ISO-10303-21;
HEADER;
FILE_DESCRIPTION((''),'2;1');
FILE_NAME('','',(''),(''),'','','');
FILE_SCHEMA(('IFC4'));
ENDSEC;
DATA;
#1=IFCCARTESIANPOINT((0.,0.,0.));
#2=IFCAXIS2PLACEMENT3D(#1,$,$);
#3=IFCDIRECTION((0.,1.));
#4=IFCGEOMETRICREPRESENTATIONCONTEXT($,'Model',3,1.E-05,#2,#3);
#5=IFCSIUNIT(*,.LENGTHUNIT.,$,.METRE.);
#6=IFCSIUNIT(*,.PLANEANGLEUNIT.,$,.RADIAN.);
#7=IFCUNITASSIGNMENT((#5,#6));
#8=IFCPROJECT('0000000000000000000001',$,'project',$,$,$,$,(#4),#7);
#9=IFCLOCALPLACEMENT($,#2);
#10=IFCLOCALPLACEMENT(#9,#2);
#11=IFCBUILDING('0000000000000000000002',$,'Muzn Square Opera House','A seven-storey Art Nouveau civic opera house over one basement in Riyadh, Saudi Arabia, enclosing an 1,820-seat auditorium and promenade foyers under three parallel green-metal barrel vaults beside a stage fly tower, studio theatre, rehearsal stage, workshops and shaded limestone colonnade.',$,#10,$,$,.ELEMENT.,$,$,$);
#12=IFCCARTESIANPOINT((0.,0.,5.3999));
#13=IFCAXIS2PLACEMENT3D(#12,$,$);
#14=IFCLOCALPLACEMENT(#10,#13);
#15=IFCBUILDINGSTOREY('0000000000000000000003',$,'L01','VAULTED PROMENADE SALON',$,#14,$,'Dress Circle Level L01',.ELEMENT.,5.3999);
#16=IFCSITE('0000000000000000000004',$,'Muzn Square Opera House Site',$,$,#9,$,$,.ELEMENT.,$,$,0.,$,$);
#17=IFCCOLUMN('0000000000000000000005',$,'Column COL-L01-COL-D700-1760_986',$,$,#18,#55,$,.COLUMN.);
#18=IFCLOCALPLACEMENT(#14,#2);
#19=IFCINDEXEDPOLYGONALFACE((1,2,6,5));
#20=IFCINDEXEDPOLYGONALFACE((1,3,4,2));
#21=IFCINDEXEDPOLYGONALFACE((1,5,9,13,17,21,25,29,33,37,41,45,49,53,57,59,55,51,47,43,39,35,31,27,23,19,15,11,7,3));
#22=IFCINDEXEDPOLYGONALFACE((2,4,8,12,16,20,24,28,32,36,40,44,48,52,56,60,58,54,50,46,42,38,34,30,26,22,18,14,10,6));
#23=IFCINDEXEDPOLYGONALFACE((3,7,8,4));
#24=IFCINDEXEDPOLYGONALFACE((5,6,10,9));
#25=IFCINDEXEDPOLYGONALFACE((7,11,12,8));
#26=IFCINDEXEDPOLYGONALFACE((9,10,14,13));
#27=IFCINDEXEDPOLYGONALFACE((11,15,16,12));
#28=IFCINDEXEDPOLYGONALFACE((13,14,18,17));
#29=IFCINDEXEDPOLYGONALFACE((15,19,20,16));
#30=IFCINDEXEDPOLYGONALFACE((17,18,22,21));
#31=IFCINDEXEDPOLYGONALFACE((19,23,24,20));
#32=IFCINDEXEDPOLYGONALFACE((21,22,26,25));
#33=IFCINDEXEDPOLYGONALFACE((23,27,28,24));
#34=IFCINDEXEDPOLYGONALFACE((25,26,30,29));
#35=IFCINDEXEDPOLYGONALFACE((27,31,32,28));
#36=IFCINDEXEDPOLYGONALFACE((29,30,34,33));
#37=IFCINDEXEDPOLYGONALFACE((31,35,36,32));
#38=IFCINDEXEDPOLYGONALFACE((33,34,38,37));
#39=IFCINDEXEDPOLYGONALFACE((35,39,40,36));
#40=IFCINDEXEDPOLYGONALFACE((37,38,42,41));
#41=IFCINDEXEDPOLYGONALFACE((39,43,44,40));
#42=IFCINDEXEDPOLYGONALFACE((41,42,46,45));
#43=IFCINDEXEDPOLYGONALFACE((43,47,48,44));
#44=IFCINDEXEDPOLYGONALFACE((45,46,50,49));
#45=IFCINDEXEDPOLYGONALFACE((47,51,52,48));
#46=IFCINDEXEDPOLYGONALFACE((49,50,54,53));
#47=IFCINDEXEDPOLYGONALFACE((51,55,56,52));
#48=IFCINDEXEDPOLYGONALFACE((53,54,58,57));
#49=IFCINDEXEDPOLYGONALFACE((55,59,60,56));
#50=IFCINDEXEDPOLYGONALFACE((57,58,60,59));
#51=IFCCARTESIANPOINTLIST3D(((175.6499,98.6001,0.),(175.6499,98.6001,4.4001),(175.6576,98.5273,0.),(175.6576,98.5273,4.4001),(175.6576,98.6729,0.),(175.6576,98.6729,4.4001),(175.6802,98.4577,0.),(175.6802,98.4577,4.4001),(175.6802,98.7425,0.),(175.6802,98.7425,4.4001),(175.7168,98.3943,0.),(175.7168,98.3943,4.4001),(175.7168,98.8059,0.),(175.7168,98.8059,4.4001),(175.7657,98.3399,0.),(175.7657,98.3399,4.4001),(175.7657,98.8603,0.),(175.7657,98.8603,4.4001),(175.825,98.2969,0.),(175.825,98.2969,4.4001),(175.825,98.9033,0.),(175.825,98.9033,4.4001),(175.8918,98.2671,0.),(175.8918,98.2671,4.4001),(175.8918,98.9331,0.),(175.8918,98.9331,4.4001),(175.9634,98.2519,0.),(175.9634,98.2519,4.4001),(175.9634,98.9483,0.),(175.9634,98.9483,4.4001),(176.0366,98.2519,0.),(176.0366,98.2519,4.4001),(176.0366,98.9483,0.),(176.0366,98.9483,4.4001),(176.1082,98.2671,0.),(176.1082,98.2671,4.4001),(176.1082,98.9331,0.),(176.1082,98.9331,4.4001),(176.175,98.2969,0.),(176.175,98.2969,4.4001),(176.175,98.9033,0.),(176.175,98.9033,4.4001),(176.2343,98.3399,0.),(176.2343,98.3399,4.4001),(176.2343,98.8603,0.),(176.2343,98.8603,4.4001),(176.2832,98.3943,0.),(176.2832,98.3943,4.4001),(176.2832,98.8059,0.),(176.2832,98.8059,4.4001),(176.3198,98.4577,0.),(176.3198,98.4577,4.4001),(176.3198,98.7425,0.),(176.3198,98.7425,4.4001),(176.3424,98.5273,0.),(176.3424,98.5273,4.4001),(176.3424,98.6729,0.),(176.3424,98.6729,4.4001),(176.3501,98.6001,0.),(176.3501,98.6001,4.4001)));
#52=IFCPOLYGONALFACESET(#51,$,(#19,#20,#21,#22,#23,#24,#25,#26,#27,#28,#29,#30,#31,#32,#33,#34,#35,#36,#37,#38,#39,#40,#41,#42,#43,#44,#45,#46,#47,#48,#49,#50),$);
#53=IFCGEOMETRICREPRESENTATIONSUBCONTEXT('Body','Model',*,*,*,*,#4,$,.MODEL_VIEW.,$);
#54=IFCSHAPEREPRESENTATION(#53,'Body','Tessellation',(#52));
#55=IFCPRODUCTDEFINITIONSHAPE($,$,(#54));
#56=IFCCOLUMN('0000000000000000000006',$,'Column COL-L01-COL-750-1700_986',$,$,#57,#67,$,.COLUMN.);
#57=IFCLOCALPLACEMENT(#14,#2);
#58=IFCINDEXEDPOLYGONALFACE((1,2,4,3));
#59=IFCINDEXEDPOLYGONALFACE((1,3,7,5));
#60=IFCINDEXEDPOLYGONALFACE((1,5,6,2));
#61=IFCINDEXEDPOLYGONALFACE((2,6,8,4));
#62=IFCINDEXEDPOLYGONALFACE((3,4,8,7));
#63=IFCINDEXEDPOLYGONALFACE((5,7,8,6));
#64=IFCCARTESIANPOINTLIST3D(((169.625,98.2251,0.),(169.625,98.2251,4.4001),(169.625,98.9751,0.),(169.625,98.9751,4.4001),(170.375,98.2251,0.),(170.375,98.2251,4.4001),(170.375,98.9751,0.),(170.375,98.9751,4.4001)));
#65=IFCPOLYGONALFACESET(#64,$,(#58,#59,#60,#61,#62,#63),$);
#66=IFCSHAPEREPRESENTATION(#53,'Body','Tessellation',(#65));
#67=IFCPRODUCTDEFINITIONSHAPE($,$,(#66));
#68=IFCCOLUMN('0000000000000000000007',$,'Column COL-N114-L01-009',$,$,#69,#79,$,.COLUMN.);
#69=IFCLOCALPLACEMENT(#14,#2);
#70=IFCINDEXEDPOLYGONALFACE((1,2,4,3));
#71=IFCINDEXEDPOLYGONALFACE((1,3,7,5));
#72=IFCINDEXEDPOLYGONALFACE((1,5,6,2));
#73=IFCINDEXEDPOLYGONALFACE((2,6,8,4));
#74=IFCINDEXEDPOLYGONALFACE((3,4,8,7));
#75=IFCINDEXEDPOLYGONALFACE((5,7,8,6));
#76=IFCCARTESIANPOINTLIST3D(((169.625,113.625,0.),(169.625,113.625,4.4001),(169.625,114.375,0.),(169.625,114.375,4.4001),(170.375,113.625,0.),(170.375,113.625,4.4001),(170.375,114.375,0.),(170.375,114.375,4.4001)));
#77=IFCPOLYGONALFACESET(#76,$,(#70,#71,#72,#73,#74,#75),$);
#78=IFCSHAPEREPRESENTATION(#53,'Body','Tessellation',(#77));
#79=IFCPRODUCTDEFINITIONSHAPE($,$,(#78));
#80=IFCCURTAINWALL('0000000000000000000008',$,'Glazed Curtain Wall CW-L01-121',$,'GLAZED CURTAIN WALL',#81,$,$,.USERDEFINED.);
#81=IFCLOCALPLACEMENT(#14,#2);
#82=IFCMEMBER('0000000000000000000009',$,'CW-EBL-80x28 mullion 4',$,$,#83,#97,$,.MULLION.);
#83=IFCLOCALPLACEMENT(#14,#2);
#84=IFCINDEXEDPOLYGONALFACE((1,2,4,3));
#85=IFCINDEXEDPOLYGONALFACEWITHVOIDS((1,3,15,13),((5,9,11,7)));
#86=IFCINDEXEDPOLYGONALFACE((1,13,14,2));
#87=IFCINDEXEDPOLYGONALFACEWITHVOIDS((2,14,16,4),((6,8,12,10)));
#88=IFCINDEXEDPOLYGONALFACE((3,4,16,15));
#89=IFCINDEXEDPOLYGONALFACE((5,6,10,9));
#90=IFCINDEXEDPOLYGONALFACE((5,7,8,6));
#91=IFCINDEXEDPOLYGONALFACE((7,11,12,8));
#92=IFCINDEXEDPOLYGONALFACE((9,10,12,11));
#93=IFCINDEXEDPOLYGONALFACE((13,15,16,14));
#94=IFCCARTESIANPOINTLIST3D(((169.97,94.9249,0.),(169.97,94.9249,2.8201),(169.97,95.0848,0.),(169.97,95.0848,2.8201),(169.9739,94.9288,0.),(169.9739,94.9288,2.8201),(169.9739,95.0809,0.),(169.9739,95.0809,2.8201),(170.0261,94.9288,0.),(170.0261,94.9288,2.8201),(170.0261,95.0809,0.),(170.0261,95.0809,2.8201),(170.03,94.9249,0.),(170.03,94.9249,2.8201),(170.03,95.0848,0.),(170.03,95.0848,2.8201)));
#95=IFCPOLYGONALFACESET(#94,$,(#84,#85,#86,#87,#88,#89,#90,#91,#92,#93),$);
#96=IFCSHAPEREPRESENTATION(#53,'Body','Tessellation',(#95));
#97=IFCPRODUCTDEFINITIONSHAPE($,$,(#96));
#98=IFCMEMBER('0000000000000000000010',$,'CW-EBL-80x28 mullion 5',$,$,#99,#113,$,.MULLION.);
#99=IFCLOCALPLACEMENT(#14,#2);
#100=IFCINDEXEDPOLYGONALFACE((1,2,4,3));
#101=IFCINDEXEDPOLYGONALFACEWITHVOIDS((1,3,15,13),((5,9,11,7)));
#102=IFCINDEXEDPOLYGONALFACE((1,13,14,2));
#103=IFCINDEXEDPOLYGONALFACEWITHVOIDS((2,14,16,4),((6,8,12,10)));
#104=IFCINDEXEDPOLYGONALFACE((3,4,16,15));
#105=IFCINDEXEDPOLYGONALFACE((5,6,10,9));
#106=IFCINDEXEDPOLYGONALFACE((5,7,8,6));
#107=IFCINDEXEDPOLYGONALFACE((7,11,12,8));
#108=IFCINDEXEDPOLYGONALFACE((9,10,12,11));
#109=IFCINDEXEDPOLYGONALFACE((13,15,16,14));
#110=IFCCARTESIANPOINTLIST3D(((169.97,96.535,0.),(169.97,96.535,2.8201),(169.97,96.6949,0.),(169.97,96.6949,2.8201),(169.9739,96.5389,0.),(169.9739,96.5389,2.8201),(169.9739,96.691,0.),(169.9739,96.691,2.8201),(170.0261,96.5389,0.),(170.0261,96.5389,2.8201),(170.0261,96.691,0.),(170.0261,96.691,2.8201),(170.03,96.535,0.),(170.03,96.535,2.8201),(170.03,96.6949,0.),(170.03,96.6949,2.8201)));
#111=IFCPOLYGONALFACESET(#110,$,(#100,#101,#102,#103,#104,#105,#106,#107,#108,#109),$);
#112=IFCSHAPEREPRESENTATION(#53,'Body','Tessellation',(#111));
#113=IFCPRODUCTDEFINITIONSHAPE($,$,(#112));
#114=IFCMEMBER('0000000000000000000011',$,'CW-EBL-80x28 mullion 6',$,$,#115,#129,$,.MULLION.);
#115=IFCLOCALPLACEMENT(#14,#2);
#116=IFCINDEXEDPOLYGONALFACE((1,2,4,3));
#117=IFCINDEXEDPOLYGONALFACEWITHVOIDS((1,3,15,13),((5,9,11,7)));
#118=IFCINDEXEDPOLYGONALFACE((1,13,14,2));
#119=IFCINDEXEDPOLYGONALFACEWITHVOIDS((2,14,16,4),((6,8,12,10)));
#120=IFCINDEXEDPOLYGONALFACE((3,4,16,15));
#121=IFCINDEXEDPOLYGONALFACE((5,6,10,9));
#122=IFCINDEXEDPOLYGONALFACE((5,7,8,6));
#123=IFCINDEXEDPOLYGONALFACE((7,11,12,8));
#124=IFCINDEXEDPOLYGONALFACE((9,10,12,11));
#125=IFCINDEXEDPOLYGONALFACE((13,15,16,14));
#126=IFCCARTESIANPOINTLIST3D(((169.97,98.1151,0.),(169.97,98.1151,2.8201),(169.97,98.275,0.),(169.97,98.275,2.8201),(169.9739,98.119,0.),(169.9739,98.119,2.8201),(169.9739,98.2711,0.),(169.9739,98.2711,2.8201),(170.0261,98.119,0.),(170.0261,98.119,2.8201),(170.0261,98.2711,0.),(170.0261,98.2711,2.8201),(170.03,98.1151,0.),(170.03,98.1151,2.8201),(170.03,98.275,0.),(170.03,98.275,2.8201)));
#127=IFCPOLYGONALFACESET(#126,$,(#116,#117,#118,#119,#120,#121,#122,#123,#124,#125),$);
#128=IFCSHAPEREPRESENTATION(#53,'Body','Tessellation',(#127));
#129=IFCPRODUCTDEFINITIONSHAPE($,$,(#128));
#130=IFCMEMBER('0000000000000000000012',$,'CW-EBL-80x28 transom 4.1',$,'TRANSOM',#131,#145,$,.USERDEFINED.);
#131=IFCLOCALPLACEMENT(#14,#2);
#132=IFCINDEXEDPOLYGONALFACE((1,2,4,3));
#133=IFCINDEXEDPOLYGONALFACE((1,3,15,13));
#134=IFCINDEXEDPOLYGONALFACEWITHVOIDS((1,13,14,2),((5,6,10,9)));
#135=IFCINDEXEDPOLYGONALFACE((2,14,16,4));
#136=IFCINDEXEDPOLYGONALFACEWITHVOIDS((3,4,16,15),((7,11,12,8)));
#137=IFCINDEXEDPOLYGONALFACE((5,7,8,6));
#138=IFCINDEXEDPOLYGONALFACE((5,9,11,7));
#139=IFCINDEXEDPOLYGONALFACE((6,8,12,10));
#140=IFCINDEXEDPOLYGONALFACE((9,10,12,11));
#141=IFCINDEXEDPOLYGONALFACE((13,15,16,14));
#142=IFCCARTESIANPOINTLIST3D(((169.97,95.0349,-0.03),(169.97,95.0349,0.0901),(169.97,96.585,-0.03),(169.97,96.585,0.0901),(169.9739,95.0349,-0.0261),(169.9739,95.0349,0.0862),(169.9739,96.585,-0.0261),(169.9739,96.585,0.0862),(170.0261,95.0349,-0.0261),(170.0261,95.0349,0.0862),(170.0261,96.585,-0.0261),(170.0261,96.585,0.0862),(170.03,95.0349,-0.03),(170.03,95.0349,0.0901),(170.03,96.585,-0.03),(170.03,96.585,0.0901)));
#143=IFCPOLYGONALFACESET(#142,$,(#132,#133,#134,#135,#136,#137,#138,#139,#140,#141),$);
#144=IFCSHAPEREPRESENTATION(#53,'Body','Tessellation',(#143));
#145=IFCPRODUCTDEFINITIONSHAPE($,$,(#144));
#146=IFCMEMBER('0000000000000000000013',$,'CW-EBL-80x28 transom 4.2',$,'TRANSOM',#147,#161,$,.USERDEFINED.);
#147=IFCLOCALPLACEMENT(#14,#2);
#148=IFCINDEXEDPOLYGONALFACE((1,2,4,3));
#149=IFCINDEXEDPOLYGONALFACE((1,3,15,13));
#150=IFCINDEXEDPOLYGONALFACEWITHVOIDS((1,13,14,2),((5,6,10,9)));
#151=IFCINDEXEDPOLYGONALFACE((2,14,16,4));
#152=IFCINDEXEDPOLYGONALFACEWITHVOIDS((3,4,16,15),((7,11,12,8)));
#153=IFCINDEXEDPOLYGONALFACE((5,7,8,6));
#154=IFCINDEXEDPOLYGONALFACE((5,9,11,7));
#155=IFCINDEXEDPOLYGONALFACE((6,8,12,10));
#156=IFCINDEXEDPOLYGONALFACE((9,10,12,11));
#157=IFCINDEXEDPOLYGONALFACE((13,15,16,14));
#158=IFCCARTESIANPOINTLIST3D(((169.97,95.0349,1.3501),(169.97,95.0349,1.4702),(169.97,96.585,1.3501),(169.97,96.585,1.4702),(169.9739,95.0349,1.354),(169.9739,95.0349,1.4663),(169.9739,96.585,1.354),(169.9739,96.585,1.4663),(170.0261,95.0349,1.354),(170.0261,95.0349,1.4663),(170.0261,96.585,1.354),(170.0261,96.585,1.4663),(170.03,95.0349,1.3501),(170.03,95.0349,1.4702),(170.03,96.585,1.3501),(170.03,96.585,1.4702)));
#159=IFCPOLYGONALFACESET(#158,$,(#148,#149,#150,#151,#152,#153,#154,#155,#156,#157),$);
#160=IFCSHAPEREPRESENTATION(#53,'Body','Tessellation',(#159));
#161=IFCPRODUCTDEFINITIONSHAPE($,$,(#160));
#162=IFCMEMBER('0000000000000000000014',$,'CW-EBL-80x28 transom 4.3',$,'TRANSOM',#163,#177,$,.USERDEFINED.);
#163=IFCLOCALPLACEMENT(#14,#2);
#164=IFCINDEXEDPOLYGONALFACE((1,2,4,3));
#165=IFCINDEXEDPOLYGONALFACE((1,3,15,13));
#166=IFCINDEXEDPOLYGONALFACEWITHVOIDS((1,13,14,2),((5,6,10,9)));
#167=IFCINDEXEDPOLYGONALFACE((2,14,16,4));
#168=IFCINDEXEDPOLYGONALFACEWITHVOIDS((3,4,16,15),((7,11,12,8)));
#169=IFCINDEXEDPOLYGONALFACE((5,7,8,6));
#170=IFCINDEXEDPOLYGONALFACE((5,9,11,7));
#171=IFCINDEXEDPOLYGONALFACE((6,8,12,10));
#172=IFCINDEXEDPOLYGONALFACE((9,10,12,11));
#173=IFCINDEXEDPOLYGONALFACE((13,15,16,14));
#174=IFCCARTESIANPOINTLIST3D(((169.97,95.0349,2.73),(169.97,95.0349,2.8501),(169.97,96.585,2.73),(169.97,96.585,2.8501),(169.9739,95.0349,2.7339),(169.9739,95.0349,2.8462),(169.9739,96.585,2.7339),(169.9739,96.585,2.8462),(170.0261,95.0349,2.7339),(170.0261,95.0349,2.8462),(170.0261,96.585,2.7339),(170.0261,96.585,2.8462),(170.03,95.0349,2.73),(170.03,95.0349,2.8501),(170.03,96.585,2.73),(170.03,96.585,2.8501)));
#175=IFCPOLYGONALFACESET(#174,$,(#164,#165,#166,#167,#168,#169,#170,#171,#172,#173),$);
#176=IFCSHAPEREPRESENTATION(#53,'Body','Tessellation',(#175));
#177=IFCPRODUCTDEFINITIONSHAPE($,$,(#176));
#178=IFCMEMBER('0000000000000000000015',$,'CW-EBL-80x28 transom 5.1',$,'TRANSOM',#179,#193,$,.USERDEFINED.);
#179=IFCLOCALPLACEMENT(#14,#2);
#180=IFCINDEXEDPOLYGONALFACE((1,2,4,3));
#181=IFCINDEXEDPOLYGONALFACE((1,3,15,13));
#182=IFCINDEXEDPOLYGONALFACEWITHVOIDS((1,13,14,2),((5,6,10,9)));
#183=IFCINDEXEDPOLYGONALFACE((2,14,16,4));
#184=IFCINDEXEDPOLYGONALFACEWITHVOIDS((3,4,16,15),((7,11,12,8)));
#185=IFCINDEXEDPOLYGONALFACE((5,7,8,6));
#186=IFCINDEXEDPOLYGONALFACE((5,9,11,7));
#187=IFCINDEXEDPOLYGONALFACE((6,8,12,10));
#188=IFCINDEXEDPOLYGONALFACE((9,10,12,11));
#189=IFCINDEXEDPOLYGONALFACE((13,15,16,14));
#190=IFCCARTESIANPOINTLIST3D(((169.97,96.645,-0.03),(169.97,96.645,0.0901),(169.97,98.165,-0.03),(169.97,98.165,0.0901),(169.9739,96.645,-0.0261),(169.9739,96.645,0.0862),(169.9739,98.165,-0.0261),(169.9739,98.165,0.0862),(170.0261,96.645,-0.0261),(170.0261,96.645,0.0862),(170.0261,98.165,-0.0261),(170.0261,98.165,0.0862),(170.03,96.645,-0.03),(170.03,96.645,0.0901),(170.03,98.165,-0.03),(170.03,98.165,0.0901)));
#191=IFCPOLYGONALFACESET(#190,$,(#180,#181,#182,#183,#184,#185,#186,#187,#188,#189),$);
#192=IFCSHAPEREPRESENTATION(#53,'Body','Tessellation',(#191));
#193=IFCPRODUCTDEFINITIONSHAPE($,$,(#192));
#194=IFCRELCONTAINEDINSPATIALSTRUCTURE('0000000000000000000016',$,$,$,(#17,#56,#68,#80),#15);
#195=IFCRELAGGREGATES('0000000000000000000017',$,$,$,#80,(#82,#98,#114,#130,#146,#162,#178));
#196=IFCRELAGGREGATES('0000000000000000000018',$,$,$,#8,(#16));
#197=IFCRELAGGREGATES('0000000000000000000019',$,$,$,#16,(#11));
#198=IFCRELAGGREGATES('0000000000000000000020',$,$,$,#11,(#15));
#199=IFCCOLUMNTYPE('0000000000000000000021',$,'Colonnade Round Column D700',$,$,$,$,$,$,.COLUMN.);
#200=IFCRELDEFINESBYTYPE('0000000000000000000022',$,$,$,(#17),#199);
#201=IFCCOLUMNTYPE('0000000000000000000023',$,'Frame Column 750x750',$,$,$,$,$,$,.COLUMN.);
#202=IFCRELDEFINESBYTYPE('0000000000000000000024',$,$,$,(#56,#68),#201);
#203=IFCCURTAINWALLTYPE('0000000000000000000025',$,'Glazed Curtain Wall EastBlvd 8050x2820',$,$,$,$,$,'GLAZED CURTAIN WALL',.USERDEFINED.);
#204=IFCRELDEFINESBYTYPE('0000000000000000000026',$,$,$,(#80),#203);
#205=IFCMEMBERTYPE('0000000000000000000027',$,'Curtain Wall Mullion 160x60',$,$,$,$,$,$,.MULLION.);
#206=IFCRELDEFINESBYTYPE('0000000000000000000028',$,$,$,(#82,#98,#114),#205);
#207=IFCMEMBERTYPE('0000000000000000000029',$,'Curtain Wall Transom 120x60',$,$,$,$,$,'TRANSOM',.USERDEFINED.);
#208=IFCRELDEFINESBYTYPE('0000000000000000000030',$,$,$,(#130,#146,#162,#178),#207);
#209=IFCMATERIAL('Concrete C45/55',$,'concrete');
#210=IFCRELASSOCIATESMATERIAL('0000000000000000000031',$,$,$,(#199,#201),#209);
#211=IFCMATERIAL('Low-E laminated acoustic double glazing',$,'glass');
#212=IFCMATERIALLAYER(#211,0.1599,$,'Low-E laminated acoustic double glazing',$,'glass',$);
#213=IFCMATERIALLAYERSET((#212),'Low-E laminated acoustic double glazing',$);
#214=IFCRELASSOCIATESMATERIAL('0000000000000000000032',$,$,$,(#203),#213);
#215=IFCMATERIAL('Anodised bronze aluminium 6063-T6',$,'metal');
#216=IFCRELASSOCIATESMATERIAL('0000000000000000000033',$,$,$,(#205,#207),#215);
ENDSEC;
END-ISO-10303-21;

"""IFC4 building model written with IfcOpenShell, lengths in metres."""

from ifc_helpers import new_model, si_unit, direction, frame, origin, origin_2d, place, context, subcontext, project, spatial, rectangle, hollow_rectangle, circle, extrude, material, layer, layer_set, material_profile, profile_set, type_object, element, aggregate, save


model = new_model("IFC4")

# Units and contexts
model_context = context("Model", 3, precision=1e-05, world=origin(), true_north=direction((0.0, 1.0)))
body_context = subcontext(model_context, "Body", "Model", "MODEL_VIEW")
ifc_project = project(units=[si_unit("LENGTHUNIT", "METRE"), si_unit("PLANEANGLEUNIT", "RADIAN")], contexts=[model_context])

# Site, building, storey
site_placement = place(None, origin())
site = spatial("IfcSite", under=ifc_project, at=site_placement, Name="Muzn Square Opera House Site", CompositionType="ELEMENT", RefElevation=0.0)
building_placement = place(site_placement, origin())
building = spatial("IfcBuilding", under=site, at=building_placement, Name="Muzn Square Opera House", Description="A seven-storey Art Nouveau civic opera house over one basement in Riyadh, Saudi Arabia, enclosing an 1,820-seat auditorium and promenade foyers under three parallel green-metal barrel vaults beside a stage fly tower, studio theatre, rehearsal stage, workshops and shaded limestone colonnade.", CompositionType="ELEMENT")
storey_placement = place(building_placement, frame((0.0, 0.0, 5.3999)))
storey = spatial("IfcBuildingStorey", under=building, at=storey_placement, Name="L01", Description="VAULTED PROMENADE SALON", LongName="Dress Circle Level L01", CompositionType="ELEMENT", Elevation=5.3999)

# Columns
ifc_material_1 = material(Name="Concrete C45/55", Category="concrete")
ifc_material_profile_1 = material_profile(ifc_material_1, circle(Radius=0.3501, at=origin_2d()), Name="RCC D700", Category="concrete")
ifc_profile_set_1 = profile_set([ifc_material_profile_1], Name="Concrete C45/55")
column_type_1 = type_object("IfcColumnType", Name="Colonnade Round Column D700", PredefinedType="COLUMN", material=ifc_profile_set_1)
column_placement = place(storey_placement, frame((176.0, 98.6001, 0.0), z_axis=(0.0, 0.0, 1.0), x_axis=(1.0, 0.0, 0.0)))
element("IfcColumn", 1, at=column_placement, inside=storey, type_object=column_type_1, Name="Column COL-L01-COL-D700-1760_986", PredefinedType="COLUMN", context=body_context, shape_type="SweptSolid", body=[
    extrude(circle(Radius=0.3501, at=origin_2d()), origin(), (0.0, 0.0, 1.0), 4.4001),
])
ifc_material_profile_2 = material_profile(ifc_material_1, rectangle(XDim=0.75, YDim=0.75, at=origin_2d()), Name="RC 750x750", Category="concrete")
ifc_profile_set_2 = profile_set([ifc_material_profile_2], Name="Concrete C45/55")
column_type_2 = type_object("IfcColumnType", Name="Frame Column 750x750", PredefinedType="COLUMN", material=ifc_profile_set_2)
for number, where, z_axis, x_axis, name in (
    (2, (170.0, 98.6001, 0.0), (0.0, 0.0, 1.0), (1.0, 0.0, 0.0), "Column COL-L01-COL-750-1700_986"),
    (3, (170.0, 114.0, 0.0), (0.0, 0.0, 1.0), (1.0, 0.0, 0.0), "Column COL-N114-L01-009"),
):
    element("IfcColumn", number, at=place(storey_placement, frame(where, z_axis=z_axis, x_axis=x_axis)), inside=storey, type_object=column_type_2, Name=name, PredefinedType="COLUMN", context=body_context, shape_type="SweptSolid", body=[
        extrude(rectangle(XDim=0.75, YDim=0.75, at=origin_2d()), origin(), (0.0, 0.0, 1.0), 4.4001),
    ])

# Curtain wall, members
ifc_material_2 = material(Name="Low-E laminated acoustic double glazing", Category="glass")
ifc_layer_1 = layer(ifc_material_2, 0.1599, Name="Low-E laminated acoustic double glazing", Category="glass")
ifc_layer_set_1 = layer_set([ifc_layer_1], Name="Low-E laminated acoustic double glazing")
curtain_wall_type = type_object("IfcCurtainWallType", Name="Glazed Curtain Wall EastBlvd 8050x2820", ElementType="GLAZED CURTAIN WALL", PredefinedType="USERDEFINED", material=ifc_layer_set_1)
curtain_wall_placement = place(storey_placement, origin())
curtain_wall = element("IfcCurtainWall", 4, at=curtain_wall_placement, inside=storey, type_object=curtain_wall_type, Name="Glazed Curtain Wall CW-L01-121", ObjectType="GLAZED CURTAIN WALL", PredefinedType="USERDEFINED")
ifc_material_3 = material(Name="Anodised bronze aluminium 6063-T6", Category="metal")
ifc_material_profile_3 = material_profile(ifc_material_3, hollow_rectangle(XDim=0.0601, YDim=0.1599, WallThickness=0.0039, at=origin_2d()), Name="ALU 160x60x4", Category="metal")
ifc_profile_set_3 = profile_set([ifc_material_profile_3], Name="Anodised bronze aluminium 6063-T6")
member_type_1 = type_object("IfcMemberType", Name="Curtain Wall Mullion 160x60", PredefinedType="MULLION", material=ifc_profile_set_3)
member_1_placement = place(storey_placement, frame((170.0, 95.0049, 0.0), z_axis=(0.0, 0.0, 1.0), x_axis=(-1.0, 0.0, 0.0)))
member_1 = element("IfcMember", 5, at=member_1_placement, type_object=member_type_1, Name="CW-EBL-80x28 mullion 4", PredefinedType="MULLION", context=body_context, shape_type="SweptSolid", body=[
    extrude(hollow_rectangle(XDim=0.0601, YDim=0.1599, WallThickness=0.0039, at=origin_2d()), origin(), (0.0, 0.0, 1.0), 2.8201),
])
member_2_placement = place(storey_placement, frame((170.0, 96.615, 0.0), z_axis=(0.0, 0.0, 1.0), x_axis=(-1.0, 0.0, 0.0)))
member_2 = element("IfcMember", 6, at=member_2_placement, type_object=member_type_1, Name="CW-EBL-80x28 mullion 5", PredefinedType="MULLION", context=body_context, shape_type="SweptSolid", body=[
    extrude(hollow_rectangle(XDim=0.0601, YDim=0.1599, WallThickness=0.0039, at=origin_2d()), origin(), (0.0, 0.0, 1.0), 2.8201),
])
member_3_placement = place(storey_placement, frame((170.0, 98.1951, 0.0), z_axis=(0.0, 0.0, 1.0), x_axis=(-1.0, 0.0, 0.0)))
member_3 = element("IfcMember", 7, at=member_3_placement, type_object=member_type_1, Name="CW-EBL-80x28 mullion 6", PredefinedType="MULLION", context=body_context, shape_type="SweptSolid", body=[
    extrude(hollow_rectangle(XDim=0.0601, YDim=0.1599, WallThickness=0.0039, at=origin_2d()), origin(), (0.0, 0.0, 1.0), 2.8201),
])
ifc_material_profile_4 = material_profile(ifc_material_3, hollow_rectangle(XDim=0.0601, YDim=0.1201, WallThickness=0.0039, at=origin_2d()), Name="ALU 120x60x4", Category="metal")
ifc_profile_set_4 = profile_set([ifc_material_profile_4], Name="Anodised bronze aluminium 6063-T6")
member_type_2 = type_object("IfcMemberType", Name="Curtain Wall Transom 120x60", ElementType="TRANSOM", PredefinedType="USERDEFINED", material=ifc_profile_set_4)
member_4_placement = place(storey_placement, frame((170.0, 95.0349, 0.03), z_axis=(0.0, 1.0, 0.0), x_axis=(-1.0, 0.0, 0.0)))
member_4 = element("IfcMember", 8, at=member_4_placement, type_object=member_type_2, Name="CW-EBL-80x28 transom 4.1", ObjectType="TRANSOM", PredefinedType="USERDEFINED", context=body_context, shape_type="SweptSolid", body=[
    extrude(hollow_rectangle(XDim=0.0601, YDim=0.1201, WallThickness=0.0039, at=origin_2d()), origin(), (0.0, 0.0, 1.0), 1.55),
])
member_5_placement = place(storey_placement, frame((170.0, 95.0349, 1.4102), z_axis=(0.0, 1.0, 0.0), x_axis=(-1.0, 0.0, 0.0)))
member_5 = element("IfcMember", 9, at=member_5_placement, type_object=member_type_2, Name="CW-EBL-80x28 transom 4.2", ObjectType="TRANSOM", PredefinedType="USERDEFINED", context=body_context, shape_type="SweptSolid", body=[
    extrude(hollow_rectangle(XDim=0.0601, YDim=0.1201, WallThickness=0.0039, at=origin_2d()), origin(), (0.0, 0.0, 1.0), 1.55),
])
member_6_placement = place(storey_placement, frame((170.0, 95.0349, 2.79), z_axis=(0.0, 1.0, 0.0), x_axis=(-1.0, 0.0, 0.0)))
member_6 = element("IfcMember", 10, at=member_6_placement, type_object=member_type_2, Name="CW-EBL-80x28 transom 4.3", ObjectType="TRANSOM", PredefinedType="USERDEFINED", context=body_context, shape_type="SweptSolid", body=[
    extrude(hollow_rectangle(XDim=0.0601, YDim=0.1201, WallThickness=0.0039, at=origin_2d()), origin(), (0.0, 0.0, 1.0), 1.55),
])
member_7_placement = place(storey_placement, frame((170.0, 96.645, 0.03), z_axis=(0.0, 1.0, 0.0), x_axis=(-1.0, 0.0, 0.0)))
member_7 = element("IfcMember", 11, at=member_7_placement, type_object=member_type_2, Name="CW-EBL-80x28 transom 5.1", ObjectType="TRANSOM", PredefinedType="USERDEFINED", context=body_context, shape_type="SweptSolid", body=[
    extrude(hollow_rectangle(XDim=0.0601, YDim=0.1201, WallThickness=0.0039, at=origin_2d()), origin(), (0.0, 0.0, 1.0), 1.52),
])

aggregate(curtain_wall, [member_1, member_2, member_3, member_4, member_5, member_6, member_7])

save(model, "model.ifc")
